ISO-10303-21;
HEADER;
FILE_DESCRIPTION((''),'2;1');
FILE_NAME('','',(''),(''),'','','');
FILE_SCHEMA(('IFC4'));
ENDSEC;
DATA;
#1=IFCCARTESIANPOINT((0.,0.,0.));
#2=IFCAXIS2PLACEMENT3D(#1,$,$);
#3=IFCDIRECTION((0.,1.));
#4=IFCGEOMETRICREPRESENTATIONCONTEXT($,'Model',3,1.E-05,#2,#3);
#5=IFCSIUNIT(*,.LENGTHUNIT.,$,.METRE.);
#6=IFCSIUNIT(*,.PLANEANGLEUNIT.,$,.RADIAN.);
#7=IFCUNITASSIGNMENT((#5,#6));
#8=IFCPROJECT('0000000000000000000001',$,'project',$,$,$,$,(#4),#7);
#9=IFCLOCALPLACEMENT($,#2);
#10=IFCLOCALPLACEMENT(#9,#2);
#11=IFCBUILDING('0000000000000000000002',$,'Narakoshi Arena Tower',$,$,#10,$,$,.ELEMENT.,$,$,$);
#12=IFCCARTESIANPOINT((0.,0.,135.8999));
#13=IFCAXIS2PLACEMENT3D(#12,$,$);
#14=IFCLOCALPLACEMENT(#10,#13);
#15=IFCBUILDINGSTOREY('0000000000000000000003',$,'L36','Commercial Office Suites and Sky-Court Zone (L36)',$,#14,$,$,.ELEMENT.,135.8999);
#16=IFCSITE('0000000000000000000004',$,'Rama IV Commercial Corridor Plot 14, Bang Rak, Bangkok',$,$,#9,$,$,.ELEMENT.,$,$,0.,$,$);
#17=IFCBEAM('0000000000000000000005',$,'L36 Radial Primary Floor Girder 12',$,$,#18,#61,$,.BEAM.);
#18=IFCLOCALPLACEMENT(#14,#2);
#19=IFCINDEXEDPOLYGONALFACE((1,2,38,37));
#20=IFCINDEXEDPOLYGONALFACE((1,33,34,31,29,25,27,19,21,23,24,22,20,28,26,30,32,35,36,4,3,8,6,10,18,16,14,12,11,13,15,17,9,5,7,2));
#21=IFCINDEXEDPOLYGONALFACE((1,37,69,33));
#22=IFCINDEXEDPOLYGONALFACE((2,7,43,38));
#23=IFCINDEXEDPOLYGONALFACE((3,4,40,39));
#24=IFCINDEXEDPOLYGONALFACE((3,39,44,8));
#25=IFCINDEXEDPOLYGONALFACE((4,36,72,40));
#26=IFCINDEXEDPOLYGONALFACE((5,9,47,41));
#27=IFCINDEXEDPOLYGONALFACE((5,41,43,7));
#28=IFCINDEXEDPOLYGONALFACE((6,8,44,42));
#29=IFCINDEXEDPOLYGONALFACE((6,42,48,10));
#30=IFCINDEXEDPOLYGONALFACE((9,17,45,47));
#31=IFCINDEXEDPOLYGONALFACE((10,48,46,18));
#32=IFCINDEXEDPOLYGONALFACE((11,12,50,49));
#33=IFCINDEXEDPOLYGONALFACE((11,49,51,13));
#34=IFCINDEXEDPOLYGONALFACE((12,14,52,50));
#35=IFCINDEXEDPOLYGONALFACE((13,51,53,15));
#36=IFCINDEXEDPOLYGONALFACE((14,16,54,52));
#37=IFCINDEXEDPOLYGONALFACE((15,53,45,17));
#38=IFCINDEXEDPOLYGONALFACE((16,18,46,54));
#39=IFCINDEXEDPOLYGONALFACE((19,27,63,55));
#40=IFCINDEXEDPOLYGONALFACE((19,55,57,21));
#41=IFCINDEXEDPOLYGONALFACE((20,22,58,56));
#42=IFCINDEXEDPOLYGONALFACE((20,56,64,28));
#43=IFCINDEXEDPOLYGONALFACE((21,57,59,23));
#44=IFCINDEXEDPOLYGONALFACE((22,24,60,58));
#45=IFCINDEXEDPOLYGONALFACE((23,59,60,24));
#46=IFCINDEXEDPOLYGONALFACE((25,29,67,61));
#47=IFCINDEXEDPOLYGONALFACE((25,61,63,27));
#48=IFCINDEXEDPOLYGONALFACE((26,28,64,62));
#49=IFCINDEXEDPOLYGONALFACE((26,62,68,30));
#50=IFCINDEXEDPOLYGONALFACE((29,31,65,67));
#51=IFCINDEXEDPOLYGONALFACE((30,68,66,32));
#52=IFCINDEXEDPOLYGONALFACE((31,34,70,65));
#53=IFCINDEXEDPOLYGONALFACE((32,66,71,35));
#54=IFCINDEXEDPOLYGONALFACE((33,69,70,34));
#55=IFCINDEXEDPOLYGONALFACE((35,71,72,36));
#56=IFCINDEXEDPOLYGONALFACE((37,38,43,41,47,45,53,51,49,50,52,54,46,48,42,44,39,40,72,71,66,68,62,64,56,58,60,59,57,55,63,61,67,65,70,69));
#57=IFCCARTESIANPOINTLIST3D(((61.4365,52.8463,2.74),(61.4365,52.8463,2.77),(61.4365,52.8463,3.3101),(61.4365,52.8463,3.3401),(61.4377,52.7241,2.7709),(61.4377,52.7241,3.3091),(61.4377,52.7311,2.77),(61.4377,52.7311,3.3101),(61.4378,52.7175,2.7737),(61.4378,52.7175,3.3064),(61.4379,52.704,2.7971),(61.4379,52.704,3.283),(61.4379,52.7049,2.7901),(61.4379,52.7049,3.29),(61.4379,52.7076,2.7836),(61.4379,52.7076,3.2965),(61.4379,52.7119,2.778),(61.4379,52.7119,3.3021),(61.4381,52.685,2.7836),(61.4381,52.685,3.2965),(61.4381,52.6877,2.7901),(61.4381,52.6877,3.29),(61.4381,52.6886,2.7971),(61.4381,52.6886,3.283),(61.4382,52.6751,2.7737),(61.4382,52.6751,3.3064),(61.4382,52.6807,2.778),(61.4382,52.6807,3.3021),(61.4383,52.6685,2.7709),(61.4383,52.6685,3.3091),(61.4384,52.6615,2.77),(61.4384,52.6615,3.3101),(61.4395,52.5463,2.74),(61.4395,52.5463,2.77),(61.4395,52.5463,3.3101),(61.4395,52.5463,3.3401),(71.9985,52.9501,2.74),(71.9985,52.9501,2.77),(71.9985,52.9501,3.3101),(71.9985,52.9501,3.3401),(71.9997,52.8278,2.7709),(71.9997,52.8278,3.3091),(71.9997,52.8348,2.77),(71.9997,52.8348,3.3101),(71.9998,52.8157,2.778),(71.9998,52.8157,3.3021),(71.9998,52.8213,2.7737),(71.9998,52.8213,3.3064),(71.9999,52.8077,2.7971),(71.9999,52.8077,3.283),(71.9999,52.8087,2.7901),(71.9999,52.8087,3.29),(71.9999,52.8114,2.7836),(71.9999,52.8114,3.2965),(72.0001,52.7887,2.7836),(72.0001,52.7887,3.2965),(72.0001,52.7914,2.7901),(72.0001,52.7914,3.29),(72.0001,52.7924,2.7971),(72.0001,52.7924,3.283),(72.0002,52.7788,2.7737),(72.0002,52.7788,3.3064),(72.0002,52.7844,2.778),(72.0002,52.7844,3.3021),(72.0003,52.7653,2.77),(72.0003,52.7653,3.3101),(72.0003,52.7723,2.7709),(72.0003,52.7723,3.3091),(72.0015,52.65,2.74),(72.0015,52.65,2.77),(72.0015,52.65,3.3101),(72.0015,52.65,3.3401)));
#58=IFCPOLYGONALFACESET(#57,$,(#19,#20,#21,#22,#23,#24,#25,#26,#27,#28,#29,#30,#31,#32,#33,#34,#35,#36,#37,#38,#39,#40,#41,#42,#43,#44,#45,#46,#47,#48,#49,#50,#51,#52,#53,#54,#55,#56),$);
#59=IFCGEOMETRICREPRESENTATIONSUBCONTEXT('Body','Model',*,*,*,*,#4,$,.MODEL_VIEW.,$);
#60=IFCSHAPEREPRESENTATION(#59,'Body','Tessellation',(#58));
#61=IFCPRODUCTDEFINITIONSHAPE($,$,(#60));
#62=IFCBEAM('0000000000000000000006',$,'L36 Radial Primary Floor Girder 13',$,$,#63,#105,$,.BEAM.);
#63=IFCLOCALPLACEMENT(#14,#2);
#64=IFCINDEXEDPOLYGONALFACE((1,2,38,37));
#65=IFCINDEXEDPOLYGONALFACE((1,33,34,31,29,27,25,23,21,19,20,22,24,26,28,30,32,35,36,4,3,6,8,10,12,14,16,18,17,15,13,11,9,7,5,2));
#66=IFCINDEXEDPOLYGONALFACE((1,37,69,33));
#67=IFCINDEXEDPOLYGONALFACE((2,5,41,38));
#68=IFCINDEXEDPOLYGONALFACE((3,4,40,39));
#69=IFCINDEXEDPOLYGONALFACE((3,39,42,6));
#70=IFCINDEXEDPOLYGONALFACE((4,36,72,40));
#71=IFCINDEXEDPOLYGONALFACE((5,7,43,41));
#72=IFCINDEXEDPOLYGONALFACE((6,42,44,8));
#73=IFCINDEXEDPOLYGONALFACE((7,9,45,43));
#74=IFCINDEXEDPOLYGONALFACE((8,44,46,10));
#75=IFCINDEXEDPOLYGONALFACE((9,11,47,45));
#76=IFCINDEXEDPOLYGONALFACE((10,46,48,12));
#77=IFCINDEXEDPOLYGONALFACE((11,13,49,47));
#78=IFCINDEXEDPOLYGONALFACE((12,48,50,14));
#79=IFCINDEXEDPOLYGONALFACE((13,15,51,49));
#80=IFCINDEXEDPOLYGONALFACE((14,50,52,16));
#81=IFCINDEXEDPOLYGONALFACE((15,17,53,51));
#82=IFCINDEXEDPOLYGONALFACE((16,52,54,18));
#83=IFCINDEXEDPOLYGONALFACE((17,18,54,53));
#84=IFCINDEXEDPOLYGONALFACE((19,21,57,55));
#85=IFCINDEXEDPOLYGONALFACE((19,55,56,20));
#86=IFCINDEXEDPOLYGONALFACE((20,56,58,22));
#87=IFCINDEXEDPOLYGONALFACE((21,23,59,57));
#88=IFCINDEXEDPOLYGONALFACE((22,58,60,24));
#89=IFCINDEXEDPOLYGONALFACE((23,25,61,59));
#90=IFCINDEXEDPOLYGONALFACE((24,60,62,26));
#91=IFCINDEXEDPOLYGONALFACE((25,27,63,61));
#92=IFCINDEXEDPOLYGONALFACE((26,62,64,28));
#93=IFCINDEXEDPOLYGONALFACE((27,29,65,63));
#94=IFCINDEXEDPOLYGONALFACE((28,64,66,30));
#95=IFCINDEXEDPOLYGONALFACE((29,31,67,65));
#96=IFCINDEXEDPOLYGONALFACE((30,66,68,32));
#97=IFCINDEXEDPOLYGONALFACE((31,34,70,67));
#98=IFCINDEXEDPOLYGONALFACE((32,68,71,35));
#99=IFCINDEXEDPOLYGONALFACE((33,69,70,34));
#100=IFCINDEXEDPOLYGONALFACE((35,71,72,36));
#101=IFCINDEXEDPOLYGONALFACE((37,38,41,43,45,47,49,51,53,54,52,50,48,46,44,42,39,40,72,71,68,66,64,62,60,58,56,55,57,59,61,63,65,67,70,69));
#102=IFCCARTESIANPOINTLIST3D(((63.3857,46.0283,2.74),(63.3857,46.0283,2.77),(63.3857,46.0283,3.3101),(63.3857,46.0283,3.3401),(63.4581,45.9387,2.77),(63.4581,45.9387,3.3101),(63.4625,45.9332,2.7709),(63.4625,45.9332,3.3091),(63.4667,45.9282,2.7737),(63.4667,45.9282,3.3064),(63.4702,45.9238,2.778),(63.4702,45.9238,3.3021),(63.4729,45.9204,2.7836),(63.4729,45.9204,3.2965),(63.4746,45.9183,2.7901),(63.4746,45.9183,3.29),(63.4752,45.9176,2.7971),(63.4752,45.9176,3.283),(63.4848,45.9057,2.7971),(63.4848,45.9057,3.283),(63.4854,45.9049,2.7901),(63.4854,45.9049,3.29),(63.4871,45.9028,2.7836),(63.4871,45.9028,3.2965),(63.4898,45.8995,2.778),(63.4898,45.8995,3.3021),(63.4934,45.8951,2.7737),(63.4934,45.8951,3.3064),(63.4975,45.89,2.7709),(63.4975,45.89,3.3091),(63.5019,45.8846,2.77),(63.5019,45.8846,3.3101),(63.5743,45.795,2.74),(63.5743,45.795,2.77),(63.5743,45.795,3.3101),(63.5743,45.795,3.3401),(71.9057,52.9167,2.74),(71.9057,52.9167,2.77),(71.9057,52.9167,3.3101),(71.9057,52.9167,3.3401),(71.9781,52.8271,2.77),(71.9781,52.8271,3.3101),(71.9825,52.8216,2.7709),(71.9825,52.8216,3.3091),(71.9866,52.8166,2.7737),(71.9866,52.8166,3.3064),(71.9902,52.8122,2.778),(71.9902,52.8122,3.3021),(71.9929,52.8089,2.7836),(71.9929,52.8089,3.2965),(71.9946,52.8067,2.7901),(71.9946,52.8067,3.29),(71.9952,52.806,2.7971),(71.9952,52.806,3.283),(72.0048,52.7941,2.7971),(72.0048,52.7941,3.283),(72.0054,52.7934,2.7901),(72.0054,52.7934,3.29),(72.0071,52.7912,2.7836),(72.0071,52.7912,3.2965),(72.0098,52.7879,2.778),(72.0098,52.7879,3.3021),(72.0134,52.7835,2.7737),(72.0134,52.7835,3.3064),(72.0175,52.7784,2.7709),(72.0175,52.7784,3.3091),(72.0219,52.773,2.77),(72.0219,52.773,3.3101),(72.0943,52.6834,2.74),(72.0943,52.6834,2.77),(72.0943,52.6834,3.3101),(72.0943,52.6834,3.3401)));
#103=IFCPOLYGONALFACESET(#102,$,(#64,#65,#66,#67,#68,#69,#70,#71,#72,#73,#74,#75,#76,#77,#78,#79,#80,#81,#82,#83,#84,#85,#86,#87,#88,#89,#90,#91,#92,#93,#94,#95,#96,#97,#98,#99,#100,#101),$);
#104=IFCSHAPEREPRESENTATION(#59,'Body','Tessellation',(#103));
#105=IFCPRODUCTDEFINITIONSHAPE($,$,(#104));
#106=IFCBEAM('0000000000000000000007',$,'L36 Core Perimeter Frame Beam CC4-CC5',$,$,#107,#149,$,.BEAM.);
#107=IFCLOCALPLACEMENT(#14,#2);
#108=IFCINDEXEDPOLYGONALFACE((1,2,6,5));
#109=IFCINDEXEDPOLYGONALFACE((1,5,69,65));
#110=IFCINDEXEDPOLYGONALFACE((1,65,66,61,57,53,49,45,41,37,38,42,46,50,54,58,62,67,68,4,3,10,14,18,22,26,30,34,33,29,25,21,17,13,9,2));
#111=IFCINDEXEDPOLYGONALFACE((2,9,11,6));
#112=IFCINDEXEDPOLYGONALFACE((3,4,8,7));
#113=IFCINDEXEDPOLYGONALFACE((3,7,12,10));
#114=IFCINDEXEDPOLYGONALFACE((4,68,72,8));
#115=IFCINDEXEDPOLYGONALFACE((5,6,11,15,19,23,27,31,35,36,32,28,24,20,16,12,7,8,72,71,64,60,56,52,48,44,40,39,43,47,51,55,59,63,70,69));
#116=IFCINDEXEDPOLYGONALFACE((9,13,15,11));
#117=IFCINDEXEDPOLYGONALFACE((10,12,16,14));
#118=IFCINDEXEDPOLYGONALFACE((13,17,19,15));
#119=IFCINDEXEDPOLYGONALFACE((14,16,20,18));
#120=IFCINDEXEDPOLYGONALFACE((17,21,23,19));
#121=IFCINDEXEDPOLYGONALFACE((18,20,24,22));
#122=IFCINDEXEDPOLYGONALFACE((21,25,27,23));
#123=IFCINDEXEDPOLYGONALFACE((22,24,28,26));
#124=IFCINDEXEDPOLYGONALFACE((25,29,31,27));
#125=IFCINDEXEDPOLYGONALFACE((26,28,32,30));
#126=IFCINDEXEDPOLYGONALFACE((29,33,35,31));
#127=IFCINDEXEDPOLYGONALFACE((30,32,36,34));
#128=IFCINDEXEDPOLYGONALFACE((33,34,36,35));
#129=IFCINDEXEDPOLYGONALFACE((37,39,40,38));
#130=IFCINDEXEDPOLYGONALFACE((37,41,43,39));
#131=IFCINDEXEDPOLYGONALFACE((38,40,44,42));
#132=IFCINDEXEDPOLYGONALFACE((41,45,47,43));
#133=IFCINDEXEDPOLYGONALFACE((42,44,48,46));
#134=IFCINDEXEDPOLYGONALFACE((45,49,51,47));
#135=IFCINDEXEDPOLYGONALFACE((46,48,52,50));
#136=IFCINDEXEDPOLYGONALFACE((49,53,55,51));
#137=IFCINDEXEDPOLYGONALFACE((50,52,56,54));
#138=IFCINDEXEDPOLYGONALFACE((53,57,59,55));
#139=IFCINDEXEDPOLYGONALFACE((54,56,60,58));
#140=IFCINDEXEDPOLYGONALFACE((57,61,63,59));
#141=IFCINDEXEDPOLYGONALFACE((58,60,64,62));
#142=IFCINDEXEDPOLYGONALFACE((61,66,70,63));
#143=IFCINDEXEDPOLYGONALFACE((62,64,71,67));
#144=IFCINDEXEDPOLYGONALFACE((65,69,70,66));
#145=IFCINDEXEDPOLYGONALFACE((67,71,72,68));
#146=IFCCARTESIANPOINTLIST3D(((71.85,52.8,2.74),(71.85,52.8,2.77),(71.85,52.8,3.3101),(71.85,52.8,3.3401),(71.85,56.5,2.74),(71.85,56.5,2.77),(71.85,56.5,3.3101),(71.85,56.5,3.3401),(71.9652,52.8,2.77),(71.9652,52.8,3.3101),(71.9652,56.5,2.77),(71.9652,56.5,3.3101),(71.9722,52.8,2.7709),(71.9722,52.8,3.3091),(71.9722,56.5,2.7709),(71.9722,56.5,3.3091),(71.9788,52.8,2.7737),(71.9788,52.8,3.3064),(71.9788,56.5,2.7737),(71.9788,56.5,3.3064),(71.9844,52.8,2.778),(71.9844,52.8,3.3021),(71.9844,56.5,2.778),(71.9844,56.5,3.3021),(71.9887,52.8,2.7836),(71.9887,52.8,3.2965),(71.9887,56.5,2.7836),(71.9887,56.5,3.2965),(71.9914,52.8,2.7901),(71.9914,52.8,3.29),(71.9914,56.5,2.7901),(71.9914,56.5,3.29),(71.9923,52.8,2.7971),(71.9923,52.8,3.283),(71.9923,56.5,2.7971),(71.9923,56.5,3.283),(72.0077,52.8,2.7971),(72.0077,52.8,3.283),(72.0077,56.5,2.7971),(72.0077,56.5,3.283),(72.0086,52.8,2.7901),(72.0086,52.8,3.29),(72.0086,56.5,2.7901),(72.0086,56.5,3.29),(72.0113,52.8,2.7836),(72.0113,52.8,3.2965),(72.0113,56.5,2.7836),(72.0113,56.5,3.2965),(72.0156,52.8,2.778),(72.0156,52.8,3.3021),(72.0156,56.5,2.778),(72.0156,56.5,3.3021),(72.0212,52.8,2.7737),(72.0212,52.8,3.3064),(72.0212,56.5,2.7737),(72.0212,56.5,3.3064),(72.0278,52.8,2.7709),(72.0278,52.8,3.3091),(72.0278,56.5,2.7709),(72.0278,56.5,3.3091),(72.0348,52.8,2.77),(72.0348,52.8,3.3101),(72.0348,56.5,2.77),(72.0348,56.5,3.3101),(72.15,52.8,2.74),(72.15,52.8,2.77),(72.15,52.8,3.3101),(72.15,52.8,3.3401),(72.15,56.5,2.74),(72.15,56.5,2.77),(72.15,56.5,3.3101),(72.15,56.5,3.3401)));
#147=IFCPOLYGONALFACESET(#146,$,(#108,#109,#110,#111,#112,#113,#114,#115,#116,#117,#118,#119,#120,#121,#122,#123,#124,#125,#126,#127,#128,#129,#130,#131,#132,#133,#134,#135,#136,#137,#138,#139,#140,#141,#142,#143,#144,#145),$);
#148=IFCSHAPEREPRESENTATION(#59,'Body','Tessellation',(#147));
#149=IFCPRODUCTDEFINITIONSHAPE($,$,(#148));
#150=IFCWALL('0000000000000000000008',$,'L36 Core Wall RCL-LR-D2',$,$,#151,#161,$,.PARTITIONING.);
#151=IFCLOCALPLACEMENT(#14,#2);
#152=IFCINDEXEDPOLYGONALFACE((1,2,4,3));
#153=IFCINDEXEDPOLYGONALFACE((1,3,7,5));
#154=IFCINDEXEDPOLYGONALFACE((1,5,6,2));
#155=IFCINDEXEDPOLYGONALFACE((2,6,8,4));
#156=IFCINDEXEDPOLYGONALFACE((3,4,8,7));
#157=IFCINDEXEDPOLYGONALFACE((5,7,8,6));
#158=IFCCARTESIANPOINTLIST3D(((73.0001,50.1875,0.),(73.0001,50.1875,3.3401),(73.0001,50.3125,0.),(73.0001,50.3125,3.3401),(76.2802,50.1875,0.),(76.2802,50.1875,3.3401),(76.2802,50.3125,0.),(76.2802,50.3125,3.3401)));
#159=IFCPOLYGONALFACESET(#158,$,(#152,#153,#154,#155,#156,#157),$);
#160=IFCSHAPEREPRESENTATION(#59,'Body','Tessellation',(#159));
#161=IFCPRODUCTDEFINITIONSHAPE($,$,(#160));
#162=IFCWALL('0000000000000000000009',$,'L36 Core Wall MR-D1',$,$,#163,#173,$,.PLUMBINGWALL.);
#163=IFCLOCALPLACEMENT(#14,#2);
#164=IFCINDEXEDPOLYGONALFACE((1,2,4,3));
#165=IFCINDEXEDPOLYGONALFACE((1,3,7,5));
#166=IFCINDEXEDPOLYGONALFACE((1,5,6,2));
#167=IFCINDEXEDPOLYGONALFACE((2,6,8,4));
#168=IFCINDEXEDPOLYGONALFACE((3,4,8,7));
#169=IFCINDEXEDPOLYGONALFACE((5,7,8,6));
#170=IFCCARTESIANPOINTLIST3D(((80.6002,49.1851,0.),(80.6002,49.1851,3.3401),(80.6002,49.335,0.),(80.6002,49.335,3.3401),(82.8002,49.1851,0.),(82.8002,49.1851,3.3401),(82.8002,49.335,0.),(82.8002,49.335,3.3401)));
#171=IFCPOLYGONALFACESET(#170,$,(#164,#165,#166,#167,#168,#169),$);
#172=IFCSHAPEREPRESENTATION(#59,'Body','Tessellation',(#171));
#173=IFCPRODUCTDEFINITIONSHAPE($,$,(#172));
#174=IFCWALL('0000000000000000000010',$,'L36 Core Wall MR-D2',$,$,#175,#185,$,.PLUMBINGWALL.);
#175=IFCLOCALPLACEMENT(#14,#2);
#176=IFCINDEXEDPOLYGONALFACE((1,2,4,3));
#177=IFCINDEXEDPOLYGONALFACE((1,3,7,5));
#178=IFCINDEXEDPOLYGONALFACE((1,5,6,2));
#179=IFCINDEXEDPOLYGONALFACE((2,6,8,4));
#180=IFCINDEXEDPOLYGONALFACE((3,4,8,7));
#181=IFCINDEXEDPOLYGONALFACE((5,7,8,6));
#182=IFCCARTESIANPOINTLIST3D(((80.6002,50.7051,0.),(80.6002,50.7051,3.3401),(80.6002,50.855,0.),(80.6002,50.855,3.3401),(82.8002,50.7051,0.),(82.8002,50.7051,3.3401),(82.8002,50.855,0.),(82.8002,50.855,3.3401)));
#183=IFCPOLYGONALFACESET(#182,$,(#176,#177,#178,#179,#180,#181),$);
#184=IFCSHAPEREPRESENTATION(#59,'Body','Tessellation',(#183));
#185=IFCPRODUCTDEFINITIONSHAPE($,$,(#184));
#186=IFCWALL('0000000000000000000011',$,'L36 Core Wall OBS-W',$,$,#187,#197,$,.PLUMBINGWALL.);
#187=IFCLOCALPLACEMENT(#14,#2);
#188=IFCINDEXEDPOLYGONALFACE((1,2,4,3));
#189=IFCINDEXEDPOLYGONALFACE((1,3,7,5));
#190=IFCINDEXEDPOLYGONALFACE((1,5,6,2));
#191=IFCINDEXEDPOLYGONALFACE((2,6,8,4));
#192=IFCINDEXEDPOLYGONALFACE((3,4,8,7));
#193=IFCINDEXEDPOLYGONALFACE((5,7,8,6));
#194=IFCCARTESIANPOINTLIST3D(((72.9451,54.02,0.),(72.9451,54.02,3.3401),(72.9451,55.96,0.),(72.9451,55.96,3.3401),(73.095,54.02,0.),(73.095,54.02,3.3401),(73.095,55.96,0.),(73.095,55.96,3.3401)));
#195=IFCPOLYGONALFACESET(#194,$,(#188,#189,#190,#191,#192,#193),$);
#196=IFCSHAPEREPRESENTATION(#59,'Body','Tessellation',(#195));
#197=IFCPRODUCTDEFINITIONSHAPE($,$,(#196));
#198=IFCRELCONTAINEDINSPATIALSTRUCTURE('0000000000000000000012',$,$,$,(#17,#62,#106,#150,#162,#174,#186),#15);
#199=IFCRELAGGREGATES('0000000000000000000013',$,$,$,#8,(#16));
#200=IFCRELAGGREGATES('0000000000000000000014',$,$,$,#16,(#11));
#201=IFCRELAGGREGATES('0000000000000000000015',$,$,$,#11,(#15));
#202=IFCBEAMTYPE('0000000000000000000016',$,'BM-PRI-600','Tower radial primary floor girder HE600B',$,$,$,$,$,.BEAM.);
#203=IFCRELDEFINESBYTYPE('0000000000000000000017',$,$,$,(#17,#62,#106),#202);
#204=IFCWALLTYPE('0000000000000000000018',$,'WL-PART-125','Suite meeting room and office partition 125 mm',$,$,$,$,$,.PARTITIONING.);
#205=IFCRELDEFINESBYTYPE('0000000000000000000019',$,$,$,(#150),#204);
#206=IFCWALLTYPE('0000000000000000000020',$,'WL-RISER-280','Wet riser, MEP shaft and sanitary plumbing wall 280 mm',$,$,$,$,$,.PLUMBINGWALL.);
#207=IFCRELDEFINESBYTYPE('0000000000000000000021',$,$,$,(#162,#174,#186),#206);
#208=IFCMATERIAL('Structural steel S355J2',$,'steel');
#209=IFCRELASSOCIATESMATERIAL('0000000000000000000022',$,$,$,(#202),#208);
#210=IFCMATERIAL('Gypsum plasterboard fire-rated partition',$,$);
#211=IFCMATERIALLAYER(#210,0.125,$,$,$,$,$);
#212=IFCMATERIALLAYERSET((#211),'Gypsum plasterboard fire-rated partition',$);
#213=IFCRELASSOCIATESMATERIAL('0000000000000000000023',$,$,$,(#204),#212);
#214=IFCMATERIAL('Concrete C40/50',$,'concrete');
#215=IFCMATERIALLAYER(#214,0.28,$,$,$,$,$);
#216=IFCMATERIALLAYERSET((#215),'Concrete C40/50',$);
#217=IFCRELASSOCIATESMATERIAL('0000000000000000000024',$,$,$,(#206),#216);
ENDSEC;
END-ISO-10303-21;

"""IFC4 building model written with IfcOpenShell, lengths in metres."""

from ifc_helpers import new_model, si_unit, direction, frame, frame_2d, origin, origin_2d, place, context, subcontext, project, spatial, rectangle, i_section, extrude, material, layer, layer_set, material_profile, profile_set, type_object, element, save


model = new_model("IFC4")

# Units and contexts
model_context = context("Model", 3, precision=1e-05, world=origin(), true_north=direction((0.0, 1.0)))
body_context = subcontext(model_context, "Body", "Model", "MODEL_VIEW")
ifc_project = project(units=[si_unit("LENGTHUNIT", "METRE"), si_unit("PLANEANGLEUNIT", "RADIAN")], contexts=[model_context])

# Site, building, storey
site_placement = place(None, origin())
site = spatial("IfcSite", under=ifc_project, at=site_placement, Name="Rama IV Commercial Corridor Plot 14, Bang Rak, Bangkok", CompositionType="ELEMENT", RefElevation=0.0)
building_placement = place(site_placement, origin())
building = spatial("IfcBuilding", under=site, at=building_placement, Name="Narakoshi Arena Tower", CompositionType="ELEMENT")
storey_placement = place(building_placement, frame((0.0, 0.0, 135.8999)))
storey = spatial("IfcBuildingStorey", under=building, at=storey_placement, Name="L36", Description="Commercial Office Suites and Sky-Court Zone (L36)", CompositionType="ELEMENT", Elevation=135.8999)

# Beams
ifc_material_1 = material(Name="Structural steel S355J2", Category="steel")
ifc_material_profile = material_profile(ifc_material_1, i_section(OverallWidth=0.3, OverallDepth=0.6001, WebThickness=0.0154, FlangeThickness=0.03, FilletRadius=0.0271, at=origin_2d()), Name="HE600B")
ifc_profile_set = profile_set([ifc_material_profile], Name="Structural steel S355J2")
beam_type = type_object("IfcBeamType", Name="BM-PRI-600", Description="Tower radial primary floor girder HE600B", PredefinedType="BEAM", material=ifc_profile_set)
beam_1_placement = place(storey_placement, frame((72.0, 52.8, 3.04), z_axis=(-0.999952, -0.009823, 0.0), x_axis=(0.009823, -0.999952, 0.0)))
element("IfcBeam", 1, at=beam_1_placement, inside=storey, type_object=beam_type, Name="L36 Radial Primary Floor Girder 12", PredefinedType="BEAM", context=body_context, shape_type="SweptSolid", body=[
    extrude(i_section(OverallWidth=0.3, OverallDepth=0.6001, WebThickness=0.0154, FlangeThickness=0.03, FilletRadius=0.0271, at=origin_2d()), origin(), (0.0, 0.0, 1.0), 10.5625),
])
beam_2_placement = place(storey_placement, frame((72.0, 52.8, 3.04), z_axis=(-0.777634, -0.628717, 0.0), x_axis=(0.628717, -0.777634, 0.0)))
element("IfcBeam", 2, at=beam_2_placement, inside=storey, type_object=beam_type, Name="L36 Radial Primary Floor Girder 13", PredefinedType="BEAM", context=body_context, shape_type="SweptSolid", body=[
    extrude(i_section(OverallWidth=0.3, OverallDepth=0.6001, WebThickness=0.0154, FlangeThickness=0.03, FilletRadius=0.0271, at=origin_2d()), origin(), (0.0, 0.0, 1.0), 10.9563),
])
beam_3_placement = place(storey_placement, frame((72.0, 52.8, 3.04), z_axis=(0.0, 1.0, 0.0), x_axis=(-1.0, 0.0, 0.0)))
element("IfcBeam", 3, at=beam_3_placement, inside=storey, type_object=beam_type, Name="L36 Core Perimeter Frame Beam CC4-CC5", PredefinedType="BEAM", context=body_context, shape_type="SweptSolid", body=[
    extrude(i_section(OverallWidth=0.3, OverallDepth=0.6001, WebThickness=0.0154, FlangeThickness=0.03, FilletRadius=0.0271, at=origin_2d()), origin(), (0.0, 0.0, 1.0), 3.7),
])

# Walls
ifc_material_2 = material(Name="Gypsum plasterboard fire-rated partition")
ifc_layer_1 = layer(ifc_material_2, 0.125)
ifc_layer_set_1 = layer_set([ifc_layer_1], Name="Gypsum plasterboard fire-rated partition")
wall_type_1 = type_object("IfcWallType", Name="WL-PART-125", Description="Suite meeting room and office partition 125 mm", PredefinedType="PARTITIONING", material=ifc_layer_set_1)
wall_1_placement = place(storey_placement, frame((73.0, 50.25, 0.0), z_axis=(0.0, 0.0, 1.0), x_axis=(1.0, 0.0, 0.0)))
element("IfcWall", 4, at=wall_1_placement, inside=storey, type_object=wall_type_1, Name="L36 Core Wall RCL-LR-D2", PredefinedType="PARTITIONING", context=body_context, shape_type="SweptSolid", body=[
    extrude(rectangle(XDim=3.28, YDim=0.125, at=frame_2d((1.6401, 0.0))), origin(), (0.0, 0.0, 1.0), 3.3401),
])
ifc_material_3 = material(Name="Concrete C40/50", Category="concrete")
ifc_layer_2 = layer(ifc_material_3, 0.28)
ifc_layer_set_2 = layer_set([ifc_layer_2], Name="Concrete C40/50")
wall_type_2 = type_object("IfcWallType", Name="WL-RISER-280", Description="Wet riser, MEP shaft and sanitary plumbing wall 280 mm", PredefinedType="PLUMBINGWALL", material=ifc_layer_set_2)
for number, where, z_axis, x_axis, name in (
    (5, (80.6001, 49.26, 0.0), (0.0, 0.0, 1.0), (1.0, 0.0, 0.0), "L36 Core Wall MR-D1"),
    (6, (80.6001, 50.78, 0.0), (0.0, 0.0, 1.0), (1.0, 0.0, 0.0), "L36 Core Wall MR-D2"),
):
    element("IfcWall", number, at=place(storey_placement, frame(where, z_axis=z_axis, x_axis=x_axis)), inside=storey, type_object=wall_type_2, Name=name, PredefinedType="PLUMBINGWALL", context=body_context, shape_type="SweptSolid", body=[
        extrude(rectangle(XDim=2.2, YDim=0.1499, at=frame_2d((1.1001, 0.0))), origin(), (0.0, 0.0, 1.0), 3.3401),
    ])
for number, where, z_axis, x_axis, name in (
    (7, (73.02, 54.02, 0.0), (0.0, 0.0, 1.0), (0.0, 1.0, 0.0), "L36 Core Wall OBS-W"),
):
    element("IfcWall", number, at=place(storey_placement, frame(where, z_axis=z_axis, x_axis=x_axis)), inside=storey, type_object=wall_type_2, Name=name, PredefinedType="PLUMBINGWALL", context=body_context, shape_type="SweptSolid", body=[
        extrude(rectangle(XDim=1.9399, YDim=0.1499, at=frame_2d((0.97, 0.0))), origin(), (0.0, 0.0, 1.0), 3.3401),
    ])

save(model, "model.ifc")
